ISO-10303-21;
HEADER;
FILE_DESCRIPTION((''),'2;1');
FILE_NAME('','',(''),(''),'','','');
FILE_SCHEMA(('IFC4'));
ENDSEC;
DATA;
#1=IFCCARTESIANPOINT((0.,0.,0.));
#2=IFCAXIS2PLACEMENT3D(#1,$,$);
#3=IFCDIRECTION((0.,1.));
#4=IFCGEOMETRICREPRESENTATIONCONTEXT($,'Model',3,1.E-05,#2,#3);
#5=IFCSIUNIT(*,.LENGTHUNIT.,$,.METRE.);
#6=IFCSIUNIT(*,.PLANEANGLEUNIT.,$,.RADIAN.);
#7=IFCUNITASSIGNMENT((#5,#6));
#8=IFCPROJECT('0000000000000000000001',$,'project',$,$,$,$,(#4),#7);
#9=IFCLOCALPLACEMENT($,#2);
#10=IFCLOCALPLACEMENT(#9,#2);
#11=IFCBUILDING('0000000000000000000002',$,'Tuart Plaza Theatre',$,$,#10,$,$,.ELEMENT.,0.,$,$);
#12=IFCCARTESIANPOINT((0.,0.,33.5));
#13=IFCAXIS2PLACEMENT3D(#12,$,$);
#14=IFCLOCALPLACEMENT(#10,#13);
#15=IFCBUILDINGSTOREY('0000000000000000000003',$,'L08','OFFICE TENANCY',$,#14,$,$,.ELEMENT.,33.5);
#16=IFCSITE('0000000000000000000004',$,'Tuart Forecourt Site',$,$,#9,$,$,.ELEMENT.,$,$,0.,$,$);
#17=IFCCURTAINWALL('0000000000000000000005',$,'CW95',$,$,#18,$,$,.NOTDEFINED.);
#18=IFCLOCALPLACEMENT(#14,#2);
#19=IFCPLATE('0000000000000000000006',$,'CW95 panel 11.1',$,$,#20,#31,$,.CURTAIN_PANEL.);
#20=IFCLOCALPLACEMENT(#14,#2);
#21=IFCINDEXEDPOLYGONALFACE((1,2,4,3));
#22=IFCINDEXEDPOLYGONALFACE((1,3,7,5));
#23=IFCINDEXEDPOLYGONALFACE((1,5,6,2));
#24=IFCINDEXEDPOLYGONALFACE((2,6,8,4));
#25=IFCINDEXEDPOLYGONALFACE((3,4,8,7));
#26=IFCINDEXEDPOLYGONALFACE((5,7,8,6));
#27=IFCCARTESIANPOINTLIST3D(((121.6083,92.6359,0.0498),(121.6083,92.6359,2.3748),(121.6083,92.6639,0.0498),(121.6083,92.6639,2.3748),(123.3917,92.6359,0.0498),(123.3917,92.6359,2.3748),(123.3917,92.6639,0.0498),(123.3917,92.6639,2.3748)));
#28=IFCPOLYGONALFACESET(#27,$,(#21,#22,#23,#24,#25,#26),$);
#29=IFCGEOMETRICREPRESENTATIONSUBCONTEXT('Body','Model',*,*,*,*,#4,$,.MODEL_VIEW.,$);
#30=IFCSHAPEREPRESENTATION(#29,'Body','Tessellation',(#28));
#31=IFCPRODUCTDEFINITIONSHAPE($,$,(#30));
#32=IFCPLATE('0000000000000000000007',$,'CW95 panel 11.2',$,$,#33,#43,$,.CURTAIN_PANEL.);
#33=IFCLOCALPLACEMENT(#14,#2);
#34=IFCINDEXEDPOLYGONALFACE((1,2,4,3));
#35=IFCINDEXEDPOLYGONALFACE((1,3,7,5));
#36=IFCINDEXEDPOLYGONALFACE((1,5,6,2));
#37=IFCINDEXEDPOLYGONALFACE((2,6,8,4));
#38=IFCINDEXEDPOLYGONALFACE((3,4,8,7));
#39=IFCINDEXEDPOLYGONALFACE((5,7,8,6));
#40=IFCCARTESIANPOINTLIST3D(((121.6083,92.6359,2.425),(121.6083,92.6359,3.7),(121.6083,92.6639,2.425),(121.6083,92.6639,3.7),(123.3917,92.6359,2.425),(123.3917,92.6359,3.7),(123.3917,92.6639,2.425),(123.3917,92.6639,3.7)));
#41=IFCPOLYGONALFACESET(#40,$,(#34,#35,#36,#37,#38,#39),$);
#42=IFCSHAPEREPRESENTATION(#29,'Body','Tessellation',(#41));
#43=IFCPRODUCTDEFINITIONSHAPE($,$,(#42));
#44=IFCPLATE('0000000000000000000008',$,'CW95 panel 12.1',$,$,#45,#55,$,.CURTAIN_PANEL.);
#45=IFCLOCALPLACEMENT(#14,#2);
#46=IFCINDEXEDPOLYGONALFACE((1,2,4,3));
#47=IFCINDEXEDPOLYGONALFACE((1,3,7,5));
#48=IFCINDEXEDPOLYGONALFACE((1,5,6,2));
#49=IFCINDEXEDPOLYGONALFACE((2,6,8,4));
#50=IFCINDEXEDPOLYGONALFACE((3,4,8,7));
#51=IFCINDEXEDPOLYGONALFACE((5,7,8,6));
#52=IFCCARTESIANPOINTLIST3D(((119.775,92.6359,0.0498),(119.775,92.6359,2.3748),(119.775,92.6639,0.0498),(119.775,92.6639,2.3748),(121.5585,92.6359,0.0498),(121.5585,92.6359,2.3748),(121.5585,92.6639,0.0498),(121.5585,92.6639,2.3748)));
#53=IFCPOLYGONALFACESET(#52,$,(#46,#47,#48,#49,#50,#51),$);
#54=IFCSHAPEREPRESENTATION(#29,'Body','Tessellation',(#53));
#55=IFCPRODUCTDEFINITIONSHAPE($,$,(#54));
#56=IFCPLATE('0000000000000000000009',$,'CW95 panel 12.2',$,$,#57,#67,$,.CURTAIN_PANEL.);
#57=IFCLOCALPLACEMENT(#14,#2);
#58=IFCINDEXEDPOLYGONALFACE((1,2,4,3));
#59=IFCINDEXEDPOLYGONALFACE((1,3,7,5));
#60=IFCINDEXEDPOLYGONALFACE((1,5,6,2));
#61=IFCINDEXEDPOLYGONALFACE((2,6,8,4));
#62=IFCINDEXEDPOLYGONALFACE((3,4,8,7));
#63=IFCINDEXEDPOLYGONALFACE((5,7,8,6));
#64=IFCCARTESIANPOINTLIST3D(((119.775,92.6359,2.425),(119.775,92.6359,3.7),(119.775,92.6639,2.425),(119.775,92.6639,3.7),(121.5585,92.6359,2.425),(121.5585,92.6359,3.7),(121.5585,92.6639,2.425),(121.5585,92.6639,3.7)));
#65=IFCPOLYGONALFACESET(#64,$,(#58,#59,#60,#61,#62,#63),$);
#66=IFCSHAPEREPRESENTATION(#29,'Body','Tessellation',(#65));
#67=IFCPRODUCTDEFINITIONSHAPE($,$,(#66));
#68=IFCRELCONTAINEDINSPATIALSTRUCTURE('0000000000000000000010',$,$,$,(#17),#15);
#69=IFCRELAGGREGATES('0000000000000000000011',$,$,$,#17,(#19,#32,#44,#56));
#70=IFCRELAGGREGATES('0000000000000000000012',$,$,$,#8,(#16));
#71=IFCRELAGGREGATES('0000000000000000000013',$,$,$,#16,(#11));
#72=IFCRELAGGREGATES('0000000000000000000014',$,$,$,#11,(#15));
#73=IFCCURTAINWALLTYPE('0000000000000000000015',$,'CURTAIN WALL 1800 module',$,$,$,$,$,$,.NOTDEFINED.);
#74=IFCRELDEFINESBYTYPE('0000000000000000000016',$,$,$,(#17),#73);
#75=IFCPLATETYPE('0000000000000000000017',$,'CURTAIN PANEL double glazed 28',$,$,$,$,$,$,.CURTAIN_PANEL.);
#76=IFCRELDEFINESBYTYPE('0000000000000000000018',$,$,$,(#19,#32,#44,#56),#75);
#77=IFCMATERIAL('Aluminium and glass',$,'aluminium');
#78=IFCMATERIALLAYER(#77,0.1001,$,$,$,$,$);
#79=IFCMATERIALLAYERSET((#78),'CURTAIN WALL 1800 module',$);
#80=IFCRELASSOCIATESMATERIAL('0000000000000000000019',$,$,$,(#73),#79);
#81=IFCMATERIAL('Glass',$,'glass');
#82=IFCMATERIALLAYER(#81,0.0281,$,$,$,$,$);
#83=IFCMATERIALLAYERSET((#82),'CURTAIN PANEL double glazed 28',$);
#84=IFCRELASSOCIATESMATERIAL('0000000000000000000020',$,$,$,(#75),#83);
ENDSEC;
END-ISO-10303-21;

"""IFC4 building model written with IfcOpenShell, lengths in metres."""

from ifc_helpers import new_model, si_unit, direction, frame, origin, origin_2d, place, context, subcontext, project, spatial, rectangle, extrude, material, layer, layer_set, type_object, element, aggregate, save


model = new_model("IFC4")

# Units and contexts
model_context = context("Model", 3, precision=1e-05, world=origin(), true_north=direction((0.0, 1.0)))
body_context = subcontext(model_context, "Body", "Model", "MODEL_VIEW")
ifc_project = project(units=[si_unit("LENGTHUNIT", "METRE"), si_unit("PLANEANGLEUNIT", "RADIAN")], contexts=[model_context])

# Site, building, storey
site_placement = place(None, origin())
site = spatial("IfcSite", under=ifc_project, at=site_placement, Name="Tuart Forecourt Site", CompositionType="ELEMENT", RefElevation=0.0)
building_placement = place(site_placement, origin())
building = spatial("IfcBuilding", under=site, at=building_placement, Name="Tuart Plaza Theatre", CompositionType="ELEMENT", ElevationOfRefHeight=0.0)
storey_placement = place(building_placement, frame((0.0, 0.0, 33.5)))
storey = spatial("IfcBuildingStorey", under=building, at=storey_placement, Name="L08", Description="OFFICE TENANCY", CompositionType="ELEMENT", Elevation=33.5)

# Curtain wall, plates
ifc_material_1 = material(Name="Aluminium and glass", Category="aluminium")
ifc_layer_1 = layer(ifc_material_1, 0.1001)
ifc_layer_set_1 = layer_set([ifc_layer_1], Name="CURTAIN WALL 1800 module")
curtain_wall_type = type_object("IfcCurtainWallType", Name="CURTAIN WALL 1800 module", PredefinedType="NOTDEFINED", material=ifc_layer_set_1)
curtain_wall_placement = place(storey_placement, origin())
curtain_wall = element("IfcCurtainWall", 1, at=curtain_wall_placement, inside=storey, type_object=curtain_wall_type, Name="CW95", PredefinedType="NOTDEFINED")
ifc_material_2 = material(Name="Glass", Category="glass")
ifc_layer_2 = layer(ifc_material_2, 0.0281)
ifc_layer_set_2 = layer_set([ifc_layer_2], Name="CURTAIN PANEL double glazed 28")
plate_type = type_object("IfcPlateType", Name="CURTAIN PANEL double glazed 28", PredefinedType="CURTAIN_PANEL", material=ifc_layer_set_2)
plate_1_placement = place(storey_placement, frame((122.5, 92.6499, 0.0498), z_axis=(0.0, 0.0, 1.0), x_axis=(-1.0, 0.0, 0.0)))
plate_1 = element("IfcPlate", 2, at=plate_1_placement, type_object=plate_type, Name="CW95 panel 11.1", PredefinedType="CURTAIN_PANEL", context=body_context, shape_type="SweptSolid", body=[
    extrude(rectangle(XDim=1.7834, YDim=0.0281, at=origin_2d()), origin(), (0.0, 0.0, 1.0), 2.325),
])
plate_2_placement = place(storey_placement, frame((122.5, 92.6499, 2.425), z_axis=(0.0, 0.0, 1.0), x_axis=(-1.0, 0.0, 0.0)))
plate_2 = element("IfcPlate", 3, at=plate_2_placement, type_object=plate_type, Name="CW95 panel 11.2", PredefinedType="CURTAIN_PANEL", context=body_context, shape_type="SweptSolid", body=[
    extrude(rectangle(XDim=1.7834, YDim=0.0281, at=origin_2d()), origin(), (0.0, 0.0, 1.0), 1.2749),
])
plate_3_placement = place(storey_placement, frame((120.6667, 92.6499, 0.0498), z_axis=(0.0, 0.0, 1.0), x_axis=(-1.0, 0.0, 0.0)))
plate_3 = element("IfcPlate", 4, at=plate_3_placement, type_object=plate_type, Name="CW95 panel 12.1", PredefinedType="CURTAIN_PANEL", context=body_context, shape_type="SweptSolid", body=[
    extrude(rectangle(XDim=1.7834, YDim=0.0281, at=origin_2d()), origin(), (0.0, 0.0, 1.0), 2.325),
])
plate_4_placement = place(storey_placement, frame((120.6667, 92.6499, 2.425), z_axis=(0.0, 0.0, 1.0), x_axis=(-1.0, 0.0, 0.0)))
plate_4 = element("IfcPlate", 5, at=plate_4_placement, type_object=plate_type, Name="CW95 panel 12.2", PredefinedType="CURTAIN_PANEL", context=body_context, shape_type="SweptSolid", body=[
    extrude(rectangle(XDim=1.7834, YDim=0.0281, at=origin_2d()), origin(), (0.0, 0.0, 1.0), 1.2749),
])
aggregate(curtain_wall, [plate_1, plate_2, plate_3, plate_4])

save(model, "model.ifc")
